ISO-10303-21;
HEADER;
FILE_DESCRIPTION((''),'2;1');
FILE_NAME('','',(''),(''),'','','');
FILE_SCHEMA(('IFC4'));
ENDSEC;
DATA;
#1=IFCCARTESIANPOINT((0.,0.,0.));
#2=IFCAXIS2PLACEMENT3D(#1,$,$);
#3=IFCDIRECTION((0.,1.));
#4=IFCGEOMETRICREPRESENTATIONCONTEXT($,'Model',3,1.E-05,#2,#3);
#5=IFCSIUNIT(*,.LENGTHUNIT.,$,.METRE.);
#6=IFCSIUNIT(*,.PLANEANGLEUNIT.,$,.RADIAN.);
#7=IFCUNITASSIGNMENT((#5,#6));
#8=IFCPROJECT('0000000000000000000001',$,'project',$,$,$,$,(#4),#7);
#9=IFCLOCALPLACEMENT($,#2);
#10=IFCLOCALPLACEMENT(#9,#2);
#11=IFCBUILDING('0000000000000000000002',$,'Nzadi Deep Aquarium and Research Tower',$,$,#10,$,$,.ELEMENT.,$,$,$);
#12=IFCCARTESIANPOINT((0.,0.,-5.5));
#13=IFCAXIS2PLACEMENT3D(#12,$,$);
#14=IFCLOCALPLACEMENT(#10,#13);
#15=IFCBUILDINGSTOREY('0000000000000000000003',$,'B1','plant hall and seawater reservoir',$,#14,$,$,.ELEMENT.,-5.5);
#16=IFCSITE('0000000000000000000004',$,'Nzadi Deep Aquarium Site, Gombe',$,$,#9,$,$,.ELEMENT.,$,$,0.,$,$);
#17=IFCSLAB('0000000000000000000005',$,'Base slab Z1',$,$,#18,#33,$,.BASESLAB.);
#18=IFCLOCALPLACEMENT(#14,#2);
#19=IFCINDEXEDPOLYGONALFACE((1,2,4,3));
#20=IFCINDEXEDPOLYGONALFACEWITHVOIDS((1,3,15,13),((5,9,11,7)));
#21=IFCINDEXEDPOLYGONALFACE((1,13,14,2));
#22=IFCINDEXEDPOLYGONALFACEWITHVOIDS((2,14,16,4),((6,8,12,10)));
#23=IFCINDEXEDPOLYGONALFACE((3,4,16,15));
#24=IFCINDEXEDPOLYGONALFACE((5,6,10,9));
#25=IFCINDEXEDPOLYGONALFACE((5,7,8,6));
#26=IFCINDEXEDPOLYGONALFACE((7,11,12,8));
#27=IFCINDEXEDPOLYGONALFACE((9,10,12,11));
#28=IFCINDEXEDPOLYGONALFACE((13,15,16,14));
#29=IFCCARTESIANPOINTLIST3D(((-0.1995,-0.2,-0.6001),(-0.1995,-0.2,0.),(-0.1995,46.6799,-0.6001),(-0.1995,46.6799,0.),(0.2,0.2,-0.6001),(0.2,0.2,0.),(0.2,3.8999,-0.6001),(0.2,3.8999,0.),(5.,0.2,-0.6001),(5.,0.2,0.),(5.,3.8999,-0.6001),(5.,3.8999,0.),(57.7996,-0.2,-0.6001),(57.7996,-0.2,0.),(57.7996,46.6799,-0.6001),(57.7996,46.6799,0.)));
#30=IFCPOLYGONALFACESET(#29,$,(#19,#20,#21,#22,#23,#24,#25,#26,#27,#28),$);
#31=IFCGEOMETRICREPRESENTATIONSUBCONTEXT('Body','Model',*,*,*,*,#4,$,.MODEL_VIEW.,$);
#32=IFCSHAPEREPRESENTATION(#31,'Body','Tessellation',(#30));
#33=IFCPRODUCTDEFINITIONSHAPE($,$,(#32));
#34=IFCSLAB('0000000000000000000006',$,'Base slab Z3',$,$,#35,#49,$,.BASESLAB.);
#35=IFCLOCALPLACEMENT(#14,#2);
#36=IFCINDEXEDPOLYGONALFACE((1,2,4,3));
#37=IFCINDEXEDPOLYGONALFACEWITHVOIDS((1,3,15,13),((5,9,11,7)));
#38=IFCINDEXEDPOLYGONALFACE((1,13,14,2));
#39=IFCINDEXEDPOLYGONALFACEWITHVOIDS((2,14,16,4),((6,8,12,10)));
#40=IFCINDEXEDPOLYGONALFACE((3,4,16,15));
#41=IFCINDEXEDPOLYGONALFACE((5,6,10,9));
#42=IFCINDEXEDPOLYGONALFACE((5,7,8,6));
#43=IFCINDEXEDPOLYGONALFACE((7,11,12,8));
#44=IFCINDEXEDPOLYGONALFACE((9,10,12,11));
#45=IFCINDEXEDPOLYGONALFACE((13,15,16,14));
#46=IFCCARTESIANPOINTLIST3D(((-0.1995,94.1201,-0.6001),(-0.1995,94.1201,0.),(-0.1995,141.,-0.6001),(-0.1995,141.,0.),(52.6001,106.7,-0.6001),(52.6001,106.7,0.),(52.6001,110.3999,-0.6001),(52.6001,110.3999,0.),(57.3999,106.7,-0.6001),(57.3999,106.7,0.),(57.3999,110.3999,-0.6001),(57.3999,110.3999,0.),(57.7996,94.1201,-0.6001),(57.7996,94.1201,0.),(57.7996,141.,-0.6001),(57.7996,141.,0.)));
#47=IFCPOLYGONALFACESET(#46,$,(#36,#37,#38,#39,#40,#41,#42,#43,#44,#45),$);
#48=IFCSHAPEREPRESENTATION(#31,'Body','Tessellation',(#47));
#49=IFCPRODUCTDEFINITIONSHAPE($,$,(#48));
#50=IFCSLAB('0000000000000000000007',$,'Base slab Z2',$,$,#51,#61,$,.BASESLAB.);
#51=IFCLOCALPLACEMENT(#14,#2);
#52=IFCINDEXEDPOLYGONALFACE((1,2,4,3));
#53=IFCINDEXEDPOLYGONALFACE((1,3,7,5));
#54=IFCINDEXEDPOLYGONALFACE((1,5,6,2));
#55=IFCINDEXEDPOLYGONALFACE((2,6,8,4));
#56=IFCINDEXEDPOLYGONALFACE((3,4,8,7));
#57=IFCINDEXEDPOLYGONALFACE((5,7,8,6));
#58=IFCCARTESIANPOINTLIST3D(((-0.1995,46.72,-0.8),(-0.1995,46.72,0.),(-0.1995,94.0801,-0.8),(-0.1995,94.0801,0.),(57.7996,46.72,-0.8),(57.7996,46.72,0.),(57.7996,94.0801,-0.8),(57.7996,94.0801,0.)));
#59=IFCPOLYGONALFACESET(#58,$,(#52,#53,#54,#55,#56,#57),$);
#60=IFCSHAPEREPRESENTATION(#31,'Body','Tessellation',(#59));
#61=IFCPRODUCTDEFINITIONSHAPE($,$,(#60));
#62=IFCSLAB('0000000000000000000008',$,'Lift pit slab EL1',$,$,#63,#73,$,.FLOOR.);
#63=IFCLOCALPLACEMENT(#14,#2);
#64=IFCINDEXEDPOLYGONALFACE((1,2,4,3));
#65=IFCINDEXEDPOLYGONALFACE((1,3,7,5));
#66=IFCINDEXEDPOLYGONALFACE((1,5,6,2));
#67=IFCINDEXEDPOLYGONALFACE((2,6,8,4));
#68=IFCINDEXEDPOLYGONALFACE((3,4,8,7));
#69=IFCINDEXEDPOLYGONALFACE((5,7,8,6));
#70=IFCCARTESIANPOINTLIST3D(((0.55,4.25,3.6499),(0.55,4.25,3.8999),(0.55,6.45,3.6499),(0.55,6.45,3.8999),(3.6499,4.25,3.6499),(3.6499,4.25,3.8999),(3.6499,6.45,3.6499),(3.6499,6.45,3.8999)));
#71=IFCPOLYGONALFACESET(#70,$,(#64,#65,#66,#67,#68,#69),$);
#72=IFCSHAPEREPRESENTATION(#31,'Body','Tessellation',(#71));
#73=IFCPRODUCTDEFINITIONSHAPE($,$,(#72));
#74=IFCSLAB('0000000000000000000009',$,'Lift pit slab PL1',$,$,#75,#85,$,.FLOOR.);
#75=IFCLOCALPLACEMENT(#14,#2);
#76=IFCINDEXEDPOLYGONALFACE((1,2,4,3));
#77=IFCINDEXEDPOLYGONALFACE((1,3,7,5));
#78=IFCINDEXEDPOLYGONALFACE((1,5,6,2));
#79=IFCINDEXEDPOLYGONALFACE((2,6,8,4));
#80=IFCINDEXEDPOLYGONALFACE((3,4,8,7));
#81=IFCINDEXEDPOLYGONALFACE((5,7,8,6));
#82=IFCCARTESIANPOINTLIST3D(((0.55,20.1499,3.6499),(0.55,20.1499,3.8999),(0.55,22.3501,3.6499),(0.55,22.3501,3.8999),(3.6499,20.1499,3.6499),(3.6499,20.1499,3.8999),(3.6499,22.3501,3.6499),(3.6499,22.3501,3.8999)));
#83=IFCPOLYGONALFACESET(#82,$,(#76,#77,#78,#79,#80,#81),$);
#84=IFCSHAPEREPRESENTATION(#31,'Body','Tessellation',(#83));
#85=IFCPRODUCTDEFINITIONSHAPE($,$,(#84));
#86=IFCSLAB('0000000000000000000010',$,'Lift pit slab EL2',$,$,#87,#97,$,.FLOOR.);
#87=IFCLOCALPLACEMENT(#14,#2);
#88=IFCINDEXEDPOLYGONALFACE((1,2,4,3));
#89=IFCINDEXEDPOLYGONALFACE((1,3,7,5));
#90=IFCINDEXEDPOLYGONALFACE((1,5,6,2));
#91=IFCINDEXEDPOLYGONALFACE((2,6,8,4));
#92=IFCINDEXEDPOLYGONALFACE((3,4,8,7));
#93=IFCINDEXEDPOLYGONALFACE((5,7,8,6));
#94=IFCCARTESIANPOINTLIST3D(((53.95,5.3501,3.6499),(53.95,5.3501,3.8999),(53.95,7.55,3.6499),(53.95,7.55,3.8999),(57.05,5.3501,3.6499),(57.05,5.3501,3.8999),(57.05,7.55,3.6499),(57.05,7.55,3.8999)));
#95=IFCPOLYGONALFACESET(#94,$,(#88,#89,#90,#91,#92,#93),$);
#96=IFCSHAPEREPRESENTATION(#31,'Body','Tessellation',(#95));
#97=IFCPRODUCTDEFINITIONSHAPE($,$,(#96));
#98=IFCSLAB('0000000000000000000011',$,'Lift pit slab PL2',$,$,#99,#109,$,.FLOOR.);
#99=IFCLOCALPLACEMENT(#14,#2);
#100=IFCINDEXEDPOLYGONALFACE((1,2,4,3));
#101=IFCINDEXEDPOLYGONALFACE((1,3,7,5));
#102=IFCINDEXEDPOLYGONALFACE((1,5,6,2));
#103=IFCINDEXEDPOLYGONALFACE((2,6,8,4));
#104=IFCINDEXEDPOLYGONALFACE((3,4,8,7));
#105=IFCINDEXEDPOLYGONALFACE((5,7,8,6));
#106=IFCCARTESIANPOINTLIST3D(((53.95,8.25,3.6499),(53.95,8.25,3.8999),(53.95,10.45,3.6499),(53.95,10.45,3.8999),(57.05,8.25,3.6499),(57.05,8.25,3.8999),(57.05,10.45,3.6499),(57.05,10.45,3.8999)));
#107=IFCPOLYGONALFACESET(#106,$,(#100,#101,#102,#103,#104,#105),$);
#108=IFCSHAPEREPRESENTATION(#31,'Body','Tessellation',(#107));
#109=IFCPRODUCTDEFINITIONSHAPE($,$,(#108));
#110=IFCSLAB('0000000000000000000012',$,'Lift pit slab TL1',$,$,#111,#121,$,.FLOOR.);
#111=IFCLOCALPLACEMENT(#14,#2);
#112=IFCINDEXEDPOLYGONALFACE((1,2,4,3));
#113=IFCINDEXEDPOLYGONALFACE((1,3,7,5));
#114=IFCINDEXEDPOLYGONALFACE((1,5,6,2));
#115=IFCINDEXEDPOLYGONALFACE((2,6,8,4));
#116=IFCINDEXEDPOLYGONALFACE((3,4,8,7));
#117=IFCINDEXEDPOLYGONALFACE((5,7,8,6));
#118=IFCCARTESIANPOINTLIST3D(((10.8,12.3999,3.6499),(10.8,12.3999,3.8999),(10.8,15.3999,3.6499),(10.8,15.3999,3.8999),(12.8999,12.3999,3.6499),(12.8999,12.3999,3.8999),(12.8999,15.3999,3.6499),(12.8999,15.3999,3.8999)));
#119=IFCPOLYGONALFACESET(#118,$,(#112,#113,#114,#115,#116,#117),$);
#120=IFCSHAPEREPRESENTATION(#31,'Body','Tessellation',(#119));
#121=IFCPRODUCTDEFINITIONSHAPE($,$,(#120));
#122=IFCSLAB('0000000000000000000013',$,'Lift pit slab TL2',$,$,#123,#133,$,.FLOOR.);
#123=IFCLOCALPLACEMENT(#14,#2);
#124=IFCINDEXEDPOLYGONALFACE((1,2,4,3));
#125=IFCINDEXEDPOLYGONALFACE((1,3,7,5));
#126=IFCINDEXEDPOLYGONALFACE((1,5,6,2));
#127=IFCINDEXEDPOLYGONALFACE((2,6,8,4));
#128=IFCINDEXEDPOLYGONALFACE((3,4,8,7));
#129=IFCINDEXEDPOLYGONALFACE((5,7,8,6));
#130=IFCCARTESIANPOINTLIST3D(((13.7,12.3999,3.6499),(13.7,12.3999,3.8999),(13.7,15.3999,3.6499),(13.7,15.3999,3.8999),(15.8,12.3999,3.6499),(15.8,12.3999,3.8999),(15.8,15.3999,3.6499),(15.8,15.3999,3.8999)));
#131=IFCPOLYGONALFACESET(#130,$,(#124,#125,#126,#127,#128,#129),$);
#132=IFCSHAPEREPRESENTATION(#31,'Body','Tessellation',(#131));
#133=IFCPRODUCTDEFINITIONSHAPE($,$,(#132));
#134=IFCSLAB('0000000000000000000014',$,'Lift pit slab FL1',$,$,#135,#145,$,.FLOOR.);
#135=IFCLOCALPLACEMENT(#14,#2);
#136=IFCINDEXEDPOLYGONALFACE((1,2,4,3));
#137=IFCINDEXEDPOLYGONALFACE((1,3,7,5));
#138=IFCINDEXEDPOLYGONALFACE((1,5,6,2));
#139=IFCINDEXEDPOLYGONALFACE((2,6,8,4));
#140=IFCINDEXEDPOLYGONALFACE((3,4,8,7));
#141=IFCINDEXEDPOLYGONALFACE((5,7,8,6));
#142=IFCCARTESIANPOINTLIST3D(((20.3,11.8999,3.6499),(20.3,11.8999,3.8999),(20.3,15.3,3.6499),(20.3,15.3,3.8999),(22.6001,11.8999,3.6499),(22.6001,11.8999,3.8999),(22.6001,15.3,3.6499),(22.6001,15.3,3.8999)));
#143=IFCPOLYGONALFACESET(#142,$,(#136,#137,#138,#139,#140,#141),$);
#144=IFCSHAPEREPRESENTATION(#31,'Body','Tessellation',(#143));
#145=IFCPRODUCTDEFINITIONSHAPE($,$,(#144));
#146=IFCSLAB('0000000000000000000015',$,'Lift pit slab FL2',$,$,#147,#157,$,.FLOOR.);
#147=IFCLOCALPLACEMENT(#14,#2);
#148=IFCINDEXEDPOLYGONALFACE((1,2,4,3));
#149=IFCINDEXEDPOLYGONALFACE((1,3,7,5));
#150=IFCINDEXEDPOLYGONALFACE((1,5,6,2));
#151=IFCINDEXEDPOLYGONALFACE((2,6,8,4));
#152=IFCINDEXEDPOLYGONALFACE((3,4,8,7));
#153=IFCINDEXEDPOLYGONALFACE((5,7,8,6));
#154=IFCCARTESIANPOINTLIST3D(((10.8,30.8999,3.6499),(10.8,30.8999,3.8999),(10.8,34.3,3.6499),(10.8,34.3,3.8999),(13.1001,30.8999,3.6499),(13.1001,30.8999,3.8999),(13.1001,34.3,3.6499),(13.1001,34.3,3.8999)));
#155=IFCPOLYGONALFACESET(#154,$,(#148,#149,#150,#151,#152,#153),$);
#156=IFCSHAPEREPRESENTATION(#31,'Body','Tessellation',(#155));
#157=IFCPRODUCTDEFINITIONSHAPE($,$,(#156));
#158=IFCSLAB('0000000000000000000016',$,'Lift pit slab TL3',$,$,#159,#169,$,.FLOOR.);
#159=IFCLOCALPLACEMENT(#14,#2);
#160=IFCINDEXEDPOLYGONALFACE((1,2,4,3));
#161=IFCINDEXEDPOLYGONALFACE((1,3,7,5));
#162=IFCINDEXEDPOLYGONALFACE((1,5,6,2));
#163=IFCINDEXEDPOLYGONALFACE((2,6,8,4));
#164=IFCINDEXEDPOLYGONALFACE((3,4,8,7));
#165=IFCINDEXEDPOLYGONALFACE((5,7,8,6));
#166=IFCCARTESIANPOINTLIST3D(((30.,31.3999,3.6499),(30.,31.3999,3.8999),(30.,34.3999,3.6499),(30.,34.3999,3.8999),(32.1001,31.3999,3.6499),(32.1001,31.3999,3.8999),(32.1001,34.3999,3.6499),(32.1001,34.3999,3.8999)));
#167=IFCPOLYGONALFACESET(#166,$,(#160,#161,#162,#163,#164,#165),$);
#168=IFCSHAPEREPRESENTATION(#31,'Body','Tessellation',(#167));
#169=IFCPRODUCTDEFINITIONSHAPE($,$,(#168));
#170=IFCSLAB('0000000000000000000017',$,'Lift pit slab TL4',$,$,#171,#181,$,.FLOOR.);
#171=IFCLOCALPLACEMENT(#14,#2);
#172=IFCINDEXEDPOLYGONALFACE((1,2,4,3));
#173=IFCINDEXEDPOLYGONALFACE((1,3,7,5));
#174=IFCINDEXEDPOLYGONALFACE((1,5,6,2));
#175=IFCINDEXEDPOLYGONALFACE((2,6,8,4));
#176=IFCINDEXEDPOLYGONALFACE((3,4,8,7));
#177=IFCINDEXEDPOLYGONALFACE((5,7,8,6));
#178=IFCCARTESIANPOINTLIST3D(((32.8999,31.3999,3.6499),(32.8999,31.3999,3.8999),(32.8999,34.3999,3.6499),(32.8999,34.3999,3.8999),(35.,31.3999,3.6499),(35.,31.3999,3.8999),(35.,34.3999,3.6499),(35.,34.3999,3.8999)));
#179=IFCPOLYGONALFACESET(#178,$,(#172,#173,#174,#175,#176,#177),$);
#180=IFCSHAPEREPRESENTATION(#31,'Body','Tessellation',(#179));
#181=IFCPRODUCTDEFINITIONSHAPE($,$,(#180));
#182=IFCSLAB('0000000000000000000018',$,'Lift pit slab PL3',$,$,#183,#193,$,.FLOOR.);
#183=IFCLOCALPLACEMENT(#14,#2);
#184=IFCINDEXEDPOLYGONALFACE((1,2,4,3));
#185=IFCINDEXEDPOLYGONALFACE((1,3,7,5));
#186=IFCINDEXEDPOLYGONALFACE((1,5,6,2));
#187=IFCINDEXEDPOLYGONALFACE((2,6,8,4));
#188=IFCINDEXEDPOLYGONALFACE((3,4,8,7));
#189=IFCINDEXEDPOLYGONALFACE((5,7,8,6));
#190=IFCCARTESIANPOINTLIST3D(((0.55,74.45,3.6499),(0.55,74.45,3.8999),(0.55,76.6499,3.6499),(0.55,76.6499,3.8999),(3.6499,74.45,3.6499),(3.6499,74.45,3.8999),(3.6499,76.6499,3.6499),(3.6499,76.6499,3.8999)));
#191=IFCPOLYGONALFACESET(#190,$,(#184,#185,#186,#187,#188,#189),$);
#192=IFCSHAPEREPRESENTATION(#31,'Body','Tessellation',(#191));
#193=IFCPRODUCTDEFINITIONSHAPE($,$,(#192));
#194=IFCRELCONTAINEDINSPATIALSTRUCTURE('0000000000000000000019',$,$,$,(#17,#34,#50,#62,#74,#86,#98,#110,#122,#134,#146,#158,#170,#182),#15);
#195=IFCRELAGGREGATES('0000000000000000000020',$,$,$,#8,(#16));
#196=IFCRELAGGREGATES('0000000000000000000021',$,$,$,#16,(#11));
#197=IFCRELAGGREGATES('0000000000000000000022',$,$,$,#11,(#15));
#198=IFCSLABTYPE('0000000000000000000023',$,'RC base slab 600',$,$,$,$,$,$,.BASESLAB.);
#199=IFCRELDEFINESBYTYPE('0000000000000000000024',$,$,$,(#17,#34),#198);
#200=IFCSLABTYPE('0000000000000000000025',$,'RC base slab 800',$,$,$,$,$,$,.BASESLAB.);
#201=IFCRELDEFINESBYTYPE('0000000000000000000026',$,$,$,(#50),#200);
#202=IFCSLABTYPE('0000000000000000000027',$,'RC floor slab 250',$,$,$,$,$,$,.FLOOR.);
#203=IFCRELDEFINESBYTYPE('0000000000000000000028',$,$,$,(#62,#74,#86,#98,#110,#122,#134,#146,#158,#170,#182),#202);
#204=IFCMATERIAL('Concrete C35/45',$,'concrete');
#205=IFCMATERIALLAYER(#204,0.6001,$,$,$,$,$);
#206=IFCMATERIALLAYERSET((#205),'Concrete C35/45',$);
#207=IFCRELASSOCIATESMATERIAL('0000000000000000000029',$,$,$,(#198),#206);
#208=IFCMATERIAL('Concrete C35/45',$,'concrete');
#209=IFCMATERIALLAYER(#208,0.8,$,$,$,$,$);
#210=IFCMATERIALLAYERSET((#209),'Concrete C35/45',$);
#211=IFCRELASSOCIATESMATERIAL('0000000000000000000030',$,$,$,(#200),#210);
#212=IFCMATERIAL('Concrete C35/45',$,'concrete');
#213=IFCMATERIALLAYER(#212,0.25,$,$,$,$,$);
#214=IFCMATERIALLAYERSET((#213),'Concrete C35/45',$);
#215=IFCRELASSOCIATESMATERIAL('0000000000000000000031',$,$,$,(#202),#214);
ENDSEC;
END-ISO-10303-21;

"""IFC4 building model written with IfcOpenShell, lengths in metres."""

from ifc_helpers import new_model, si_unit, direction, frame, origin, place, context, subcontext, project, spatial, polyline, outline, extrude, material, layer, layer_set, type_object, element, save


model = new_model("IFC4")

# Units and contexts
model_context = context("Model", 3, precision=1e-05, world=origin(), true_north=direction((0.0, 1.0)))
body_context = subcontext(model_context, "Body", "Model", "MODEL_VIEW")
ifc_project = project(units=[si_unit("LENGTHUNIT", "METRE"), si_unit("PLANEANGLEUNIT", "RADIAN")], contexts=[model_context])

# Site, building, storey
site_placement = place(None, origin())
site = spatial("IfcSite", under=ifc_project, at=site_placement, Name="Nzadi Deep Aquarium Site, Gombe", CompositionType="ELEMENT", RefElevation=0.0)
building_placement = place(site_placement, origin())
building = spatial("IfcBuilding", under=site, at=building_placement, Name="Nzadi Deep Aquarium and Research Tower", CompositionType="ELEMENT")
storey_placement = place(building_placement, frame((0.0, 0.0, -5.5)))
storey = spatial("IfcBuildingStorey", under=building, at=storey_placement, Name="B1", Description="plant hall and seawater reservoir", CompositionType="ELEMENT", Elevation=-5.5)

# Slabs
ifc_material_1 = material(Name="Concrete C35/45", Category="concrete")
ifc_layer_1 = layer(ifc_material_1, 0.6001)
ifc_layer_set_1 = layer_set([ifc_layer_1], Name="Concrete C35/45")
slab_type_1 = type_object("IfcSlabType", Name="RC base slab 600", PredefinedType="BASESLAB", material=ifc_layer_set_1)
slab_1_placement = place(storey_placement, frame((0.0, 0.0, -0.6001)))
element("IfcSlab", 1, at=slab_1_placement, inside=storey, type_object=slab_type_1, Name="Base slab Z1", PredefinedType="BASESLAB", context=body_context, shape_type="SweptSolid", body=[
    extrude(outline(polyline([(-0.1995, -0.2), (57.7996, -0.2), (57.7996, 46.6799), (-0.1995, 46.6799), (-0.1995, -0.2)]), holes=[polyline([(5.0, 3.8999), (5.0, 0.2), (0.2, 0.2), (0.2, 3.8999), (5.0, 3.8999)])]), origin(), (0.0, 0.0, 1.0), 0.6001),
])
slab_2_placement = place(storey_placement, frame((0.0, 0.0, -0.6001)))
element("IfcSlab", 2, at=slab_2_placement, inside=storey, type_object=slab_type_1, Name="Base slab Z3", PredefinedType="BASESLAB", context=body_context, shape_type="SweptSolid", body=[
    extrude(outline(polyline([(-0.1995, 94.1201), (57.7996, 94.1201), (57.7996, 141.0), (-0.1995, 141.0), (-0.1995, 94.1201)]), holes=[polyline([(57.3999, 110.3999), (57.3999, 106.7), (52.6001, 106.7), (52.6001, 110.3999), (57.3999, 110.3999)])]), origin(), (0.0, 0.0, 1.0), 0.6001),
])
ifc_material_2 = material(Name="Concrete C35/45", Category="concrete")
ifc_layer_2 = layer(ifc_material_2, 0.8)
ifc_layer_set_2 = layer_set([ifc_layer_2], Name="Concrete C35/45")
slab_type_2 = type_object("IfcSlabType", Name="RC base slab 800", PredefinedType="BASESLAB", material=ifc_layer_set_2)
slab_3_placement = place(storey_placement, frame((0.0, 0.0, -0.8)))
element("IfcSlab", 3, at=slab_3_placement, inside=storey, type_object=slab_type_2, Name="Base slab Z2", PredefinedType="BASESLAB", context=body_context, shape_type="SweptSolid", body=[
    extrude(outline(polyline([(57.7996, 46.72), (57.7996, 94.0801), (-0.1995, 94.0801), (-0.1995, 46.72), (57.7996, 46.72)])), origin(), (0.0, 0.0, 1.0), 0.8),
])
ifc_material_3 = material(Name="Concrete C35/45", Category="concrete")
ifc_layer_3 = layer(ifc_material_3, 0.25)
ifc_layer_set_3 = layer_set([ifc_layer_3], Name="Concrete C35/45")
slab_type_3 = type_object("IfcSlabType", Name="RC floor slab 250", PredefinedType="FLOOR", material=ifc_layer_set_3)
slab_4_placement = place(storey_placement, frame((0.0, 0.0, 3.6499)))
element("IfcSlab", 4, at=slab_4_placement, inside=storey, type_object=slab_type_3, Name="Lift pit slab EL1", PredefinedType="FLOOR", context=body_context, shape_type="SweptSolid", body=[
    extrude(outline(polyline([(0.55, 4.25), (3.6499, 4.25), (3.6499, 6.45), (0.55, 6.45), (0.55, 4.25)])), origin(), (0.0, 0.0, 1.0), 0.25),
])
slab_5_placement = place(storey_placement, frame((0.0, 0.0, 3.6499)))
element("IfcSlab", 5, at=slab_5_placement, inside=storey, type_object=slab_type_3, Name="Lift pit slab PL1", PredefinedType="FLOOR", context=body_context, shape_type="SweptSolid", body=[
    extrude(outline(polyline([(0.55, 20.1499), (3.6499, 20.1499), (3.6499, 22.3501), (0.55, 22.3501), (0.55, 20.1499)])), origin(), (0.0, 0.0, 1.0), 0.25),
])
slab_6_placement = place(storey_placement, frame((0.0, 0.0, 3.6499)))
element("IfcSlab", 6, at=slab_6_placement, inside=storey, type_object=slab_type_3, Name="Lift pit slab EL2", PredefinedType="FLOOR", context=body_context, shape_type="SweptSolid", body=[
    extrude(outline(polyline([(53.95, 5.3501), (57.05, 5.3501), (57.05, 7.55), (53.95, 7.55), (53.95, 5.3501)])), origin(), (0.0, 0.0, 1.0), 0.25),
])
slab_7_placement = place(storey_placement, frame((0.0, 0.0, 3.6499)))
element("IfcSlab", 7, at=slab_7_placement, inside=storey, type_object=slab_type_3, Name="Lift pit slab PL2", PredefinedType="FLOOR", context=body_context, shape_type="SweptSolid", body=[
    extrude(outline(polyline([(53.95, 8.25), (57.05, 8.25), (57.05, 10.45), (53.95, 10.45), (53.95, 8.25)])), origin(), (0.0, 0.0, 1.0), 0.25),
])
slab_8_placement = place(storey_placement, frame((0.0, 0.0, 3.6499)))
element("IfcSlab", 8, at=slab_8_placement, inside=storey, type_object=slab_type_3, Name="Lift pit slab TL1", PredefinedType="FLOOR", context=body_context, shape_type="SweptSolid", body=[
    extrude(outline(polyline([(10.8, 12.3999), (12.8999, 12.3999), (12.8999, 15.3999), (10.8, 15.3999), (10.8, 12.3999)])), origin(), (0.0, 0.0, 1.0), 0.25),
])
slab_9_placement = place(storey_placement, frame((0.0, 0.0, 3.6499)))
element("IfcSlab", 9, at=slab_9_placement, inside=storey, type_object=slab_type_3, Name="Lift pit slab TL2", PredefinedType="FLOOR", context=body_context, shape_type="SweptSolid", body=[
    extrude(outline(polyline([(13.7, 12.3999), (15.8, 12.3999), (15.8, 15.3999), (13.7, 15.3999), (13.7, 12.3999)])), origin(), (0.0, 0.0, 1.0), 0.25),
])
slab_10_placement = place(storey_placement, frame((0.0, 0.0, 3.6499)))
element("IfcSlab", 10, at=slab_10_placement, inside=storey, type_object=slab_type_3, Name="Lift pit slab FL1", PredefinedType="FLOOR", context=body_context, shape_type="SweptSolid", body=[
    extrude(outline(polyline([(20.3, 11.8999), (22.6001, 11.8999), (22.6001, 15.3), (20.3, 15.3), (20.3, 11.8999)])), origin(), (0.0, 0.0, 1.0), 0.25),
])
slab_11_placement = place(storey_placement, frame((0.0, 0.0, 3.6499)))
element("IfcSlab", 11, at=slab_11_placement, inside=storey, type_object=slab_type_3, Name="Lift pit slab FL2", PredefinedType="FLOOR", context=body_context, shape_type="SweptSolid", body=[
    extrude(outline(polyline([(10.8, 30.8999), (13.1001, 30.8999), (13.1001, 34.3), (10.8, 34.3), (10.8, 30.8999)])), origin(), (0.0, 0.0, 1.0), 0.25),
])
slab_12_placement = place(storey_placement, frame((0.0, 0.0, 3.6499)))
element("IfcSlab", 12, at=slab_12_placement, inside=storey, type_object=slab_type_3, Name="Lift pit slab TL3", PredefinedType="FLOOR", context=body_context, shape_type="SweptSolid", body=[
    extrude(outline(polyline([(30.0, 31.3999), (32.1001, 31.3999), (32.1001, 34.3999), (30.0, 34.3999), (30.0, 31.3999)])), origin(), (0.0, 0.0, 1.0), 0.25),
])
slab_13_placement = place(storey_placement, frame((0.0, 0.0, 3.6499)))
element("IfcSlab", 13, at=slab_13_placement, inside=storey, type_object=slab_type_3, Name="Lift pit slab TL4", PredefinedType="FLOOR", context=body_context, shape_type="SweptSolid", body=[
    extrude(outline(polyline([(32.8999, 31.3999), (35.0, 31.3999), (35.0, 34.3999), (32.8999, 34.3999), (32.8999, 31.3999)])), origin(), (0.0, 0.0, 1.0), 0.25),
])
slab_14_placement = place(storey_placement, frame((0.0, 0.0, 3.6499)))
element("IfcSlab", 14, at=slab_14_placement, inside=storey, type_object=slab_type_3, Name="Lift pit slab PL3", PredefinedType="FLOOR", context=body_context, shape_type="SweptSolid", body=[
    extrude(outline(polyline([(0.55, 74.45), (3.6499, 74.45), (3.6499, 76.6499), (0.55, 76.6499), (0.55, 74.45)])), origin(), (0.0, 0.0, 1.0), 0.25),
])

save(model, "model.ifc")
